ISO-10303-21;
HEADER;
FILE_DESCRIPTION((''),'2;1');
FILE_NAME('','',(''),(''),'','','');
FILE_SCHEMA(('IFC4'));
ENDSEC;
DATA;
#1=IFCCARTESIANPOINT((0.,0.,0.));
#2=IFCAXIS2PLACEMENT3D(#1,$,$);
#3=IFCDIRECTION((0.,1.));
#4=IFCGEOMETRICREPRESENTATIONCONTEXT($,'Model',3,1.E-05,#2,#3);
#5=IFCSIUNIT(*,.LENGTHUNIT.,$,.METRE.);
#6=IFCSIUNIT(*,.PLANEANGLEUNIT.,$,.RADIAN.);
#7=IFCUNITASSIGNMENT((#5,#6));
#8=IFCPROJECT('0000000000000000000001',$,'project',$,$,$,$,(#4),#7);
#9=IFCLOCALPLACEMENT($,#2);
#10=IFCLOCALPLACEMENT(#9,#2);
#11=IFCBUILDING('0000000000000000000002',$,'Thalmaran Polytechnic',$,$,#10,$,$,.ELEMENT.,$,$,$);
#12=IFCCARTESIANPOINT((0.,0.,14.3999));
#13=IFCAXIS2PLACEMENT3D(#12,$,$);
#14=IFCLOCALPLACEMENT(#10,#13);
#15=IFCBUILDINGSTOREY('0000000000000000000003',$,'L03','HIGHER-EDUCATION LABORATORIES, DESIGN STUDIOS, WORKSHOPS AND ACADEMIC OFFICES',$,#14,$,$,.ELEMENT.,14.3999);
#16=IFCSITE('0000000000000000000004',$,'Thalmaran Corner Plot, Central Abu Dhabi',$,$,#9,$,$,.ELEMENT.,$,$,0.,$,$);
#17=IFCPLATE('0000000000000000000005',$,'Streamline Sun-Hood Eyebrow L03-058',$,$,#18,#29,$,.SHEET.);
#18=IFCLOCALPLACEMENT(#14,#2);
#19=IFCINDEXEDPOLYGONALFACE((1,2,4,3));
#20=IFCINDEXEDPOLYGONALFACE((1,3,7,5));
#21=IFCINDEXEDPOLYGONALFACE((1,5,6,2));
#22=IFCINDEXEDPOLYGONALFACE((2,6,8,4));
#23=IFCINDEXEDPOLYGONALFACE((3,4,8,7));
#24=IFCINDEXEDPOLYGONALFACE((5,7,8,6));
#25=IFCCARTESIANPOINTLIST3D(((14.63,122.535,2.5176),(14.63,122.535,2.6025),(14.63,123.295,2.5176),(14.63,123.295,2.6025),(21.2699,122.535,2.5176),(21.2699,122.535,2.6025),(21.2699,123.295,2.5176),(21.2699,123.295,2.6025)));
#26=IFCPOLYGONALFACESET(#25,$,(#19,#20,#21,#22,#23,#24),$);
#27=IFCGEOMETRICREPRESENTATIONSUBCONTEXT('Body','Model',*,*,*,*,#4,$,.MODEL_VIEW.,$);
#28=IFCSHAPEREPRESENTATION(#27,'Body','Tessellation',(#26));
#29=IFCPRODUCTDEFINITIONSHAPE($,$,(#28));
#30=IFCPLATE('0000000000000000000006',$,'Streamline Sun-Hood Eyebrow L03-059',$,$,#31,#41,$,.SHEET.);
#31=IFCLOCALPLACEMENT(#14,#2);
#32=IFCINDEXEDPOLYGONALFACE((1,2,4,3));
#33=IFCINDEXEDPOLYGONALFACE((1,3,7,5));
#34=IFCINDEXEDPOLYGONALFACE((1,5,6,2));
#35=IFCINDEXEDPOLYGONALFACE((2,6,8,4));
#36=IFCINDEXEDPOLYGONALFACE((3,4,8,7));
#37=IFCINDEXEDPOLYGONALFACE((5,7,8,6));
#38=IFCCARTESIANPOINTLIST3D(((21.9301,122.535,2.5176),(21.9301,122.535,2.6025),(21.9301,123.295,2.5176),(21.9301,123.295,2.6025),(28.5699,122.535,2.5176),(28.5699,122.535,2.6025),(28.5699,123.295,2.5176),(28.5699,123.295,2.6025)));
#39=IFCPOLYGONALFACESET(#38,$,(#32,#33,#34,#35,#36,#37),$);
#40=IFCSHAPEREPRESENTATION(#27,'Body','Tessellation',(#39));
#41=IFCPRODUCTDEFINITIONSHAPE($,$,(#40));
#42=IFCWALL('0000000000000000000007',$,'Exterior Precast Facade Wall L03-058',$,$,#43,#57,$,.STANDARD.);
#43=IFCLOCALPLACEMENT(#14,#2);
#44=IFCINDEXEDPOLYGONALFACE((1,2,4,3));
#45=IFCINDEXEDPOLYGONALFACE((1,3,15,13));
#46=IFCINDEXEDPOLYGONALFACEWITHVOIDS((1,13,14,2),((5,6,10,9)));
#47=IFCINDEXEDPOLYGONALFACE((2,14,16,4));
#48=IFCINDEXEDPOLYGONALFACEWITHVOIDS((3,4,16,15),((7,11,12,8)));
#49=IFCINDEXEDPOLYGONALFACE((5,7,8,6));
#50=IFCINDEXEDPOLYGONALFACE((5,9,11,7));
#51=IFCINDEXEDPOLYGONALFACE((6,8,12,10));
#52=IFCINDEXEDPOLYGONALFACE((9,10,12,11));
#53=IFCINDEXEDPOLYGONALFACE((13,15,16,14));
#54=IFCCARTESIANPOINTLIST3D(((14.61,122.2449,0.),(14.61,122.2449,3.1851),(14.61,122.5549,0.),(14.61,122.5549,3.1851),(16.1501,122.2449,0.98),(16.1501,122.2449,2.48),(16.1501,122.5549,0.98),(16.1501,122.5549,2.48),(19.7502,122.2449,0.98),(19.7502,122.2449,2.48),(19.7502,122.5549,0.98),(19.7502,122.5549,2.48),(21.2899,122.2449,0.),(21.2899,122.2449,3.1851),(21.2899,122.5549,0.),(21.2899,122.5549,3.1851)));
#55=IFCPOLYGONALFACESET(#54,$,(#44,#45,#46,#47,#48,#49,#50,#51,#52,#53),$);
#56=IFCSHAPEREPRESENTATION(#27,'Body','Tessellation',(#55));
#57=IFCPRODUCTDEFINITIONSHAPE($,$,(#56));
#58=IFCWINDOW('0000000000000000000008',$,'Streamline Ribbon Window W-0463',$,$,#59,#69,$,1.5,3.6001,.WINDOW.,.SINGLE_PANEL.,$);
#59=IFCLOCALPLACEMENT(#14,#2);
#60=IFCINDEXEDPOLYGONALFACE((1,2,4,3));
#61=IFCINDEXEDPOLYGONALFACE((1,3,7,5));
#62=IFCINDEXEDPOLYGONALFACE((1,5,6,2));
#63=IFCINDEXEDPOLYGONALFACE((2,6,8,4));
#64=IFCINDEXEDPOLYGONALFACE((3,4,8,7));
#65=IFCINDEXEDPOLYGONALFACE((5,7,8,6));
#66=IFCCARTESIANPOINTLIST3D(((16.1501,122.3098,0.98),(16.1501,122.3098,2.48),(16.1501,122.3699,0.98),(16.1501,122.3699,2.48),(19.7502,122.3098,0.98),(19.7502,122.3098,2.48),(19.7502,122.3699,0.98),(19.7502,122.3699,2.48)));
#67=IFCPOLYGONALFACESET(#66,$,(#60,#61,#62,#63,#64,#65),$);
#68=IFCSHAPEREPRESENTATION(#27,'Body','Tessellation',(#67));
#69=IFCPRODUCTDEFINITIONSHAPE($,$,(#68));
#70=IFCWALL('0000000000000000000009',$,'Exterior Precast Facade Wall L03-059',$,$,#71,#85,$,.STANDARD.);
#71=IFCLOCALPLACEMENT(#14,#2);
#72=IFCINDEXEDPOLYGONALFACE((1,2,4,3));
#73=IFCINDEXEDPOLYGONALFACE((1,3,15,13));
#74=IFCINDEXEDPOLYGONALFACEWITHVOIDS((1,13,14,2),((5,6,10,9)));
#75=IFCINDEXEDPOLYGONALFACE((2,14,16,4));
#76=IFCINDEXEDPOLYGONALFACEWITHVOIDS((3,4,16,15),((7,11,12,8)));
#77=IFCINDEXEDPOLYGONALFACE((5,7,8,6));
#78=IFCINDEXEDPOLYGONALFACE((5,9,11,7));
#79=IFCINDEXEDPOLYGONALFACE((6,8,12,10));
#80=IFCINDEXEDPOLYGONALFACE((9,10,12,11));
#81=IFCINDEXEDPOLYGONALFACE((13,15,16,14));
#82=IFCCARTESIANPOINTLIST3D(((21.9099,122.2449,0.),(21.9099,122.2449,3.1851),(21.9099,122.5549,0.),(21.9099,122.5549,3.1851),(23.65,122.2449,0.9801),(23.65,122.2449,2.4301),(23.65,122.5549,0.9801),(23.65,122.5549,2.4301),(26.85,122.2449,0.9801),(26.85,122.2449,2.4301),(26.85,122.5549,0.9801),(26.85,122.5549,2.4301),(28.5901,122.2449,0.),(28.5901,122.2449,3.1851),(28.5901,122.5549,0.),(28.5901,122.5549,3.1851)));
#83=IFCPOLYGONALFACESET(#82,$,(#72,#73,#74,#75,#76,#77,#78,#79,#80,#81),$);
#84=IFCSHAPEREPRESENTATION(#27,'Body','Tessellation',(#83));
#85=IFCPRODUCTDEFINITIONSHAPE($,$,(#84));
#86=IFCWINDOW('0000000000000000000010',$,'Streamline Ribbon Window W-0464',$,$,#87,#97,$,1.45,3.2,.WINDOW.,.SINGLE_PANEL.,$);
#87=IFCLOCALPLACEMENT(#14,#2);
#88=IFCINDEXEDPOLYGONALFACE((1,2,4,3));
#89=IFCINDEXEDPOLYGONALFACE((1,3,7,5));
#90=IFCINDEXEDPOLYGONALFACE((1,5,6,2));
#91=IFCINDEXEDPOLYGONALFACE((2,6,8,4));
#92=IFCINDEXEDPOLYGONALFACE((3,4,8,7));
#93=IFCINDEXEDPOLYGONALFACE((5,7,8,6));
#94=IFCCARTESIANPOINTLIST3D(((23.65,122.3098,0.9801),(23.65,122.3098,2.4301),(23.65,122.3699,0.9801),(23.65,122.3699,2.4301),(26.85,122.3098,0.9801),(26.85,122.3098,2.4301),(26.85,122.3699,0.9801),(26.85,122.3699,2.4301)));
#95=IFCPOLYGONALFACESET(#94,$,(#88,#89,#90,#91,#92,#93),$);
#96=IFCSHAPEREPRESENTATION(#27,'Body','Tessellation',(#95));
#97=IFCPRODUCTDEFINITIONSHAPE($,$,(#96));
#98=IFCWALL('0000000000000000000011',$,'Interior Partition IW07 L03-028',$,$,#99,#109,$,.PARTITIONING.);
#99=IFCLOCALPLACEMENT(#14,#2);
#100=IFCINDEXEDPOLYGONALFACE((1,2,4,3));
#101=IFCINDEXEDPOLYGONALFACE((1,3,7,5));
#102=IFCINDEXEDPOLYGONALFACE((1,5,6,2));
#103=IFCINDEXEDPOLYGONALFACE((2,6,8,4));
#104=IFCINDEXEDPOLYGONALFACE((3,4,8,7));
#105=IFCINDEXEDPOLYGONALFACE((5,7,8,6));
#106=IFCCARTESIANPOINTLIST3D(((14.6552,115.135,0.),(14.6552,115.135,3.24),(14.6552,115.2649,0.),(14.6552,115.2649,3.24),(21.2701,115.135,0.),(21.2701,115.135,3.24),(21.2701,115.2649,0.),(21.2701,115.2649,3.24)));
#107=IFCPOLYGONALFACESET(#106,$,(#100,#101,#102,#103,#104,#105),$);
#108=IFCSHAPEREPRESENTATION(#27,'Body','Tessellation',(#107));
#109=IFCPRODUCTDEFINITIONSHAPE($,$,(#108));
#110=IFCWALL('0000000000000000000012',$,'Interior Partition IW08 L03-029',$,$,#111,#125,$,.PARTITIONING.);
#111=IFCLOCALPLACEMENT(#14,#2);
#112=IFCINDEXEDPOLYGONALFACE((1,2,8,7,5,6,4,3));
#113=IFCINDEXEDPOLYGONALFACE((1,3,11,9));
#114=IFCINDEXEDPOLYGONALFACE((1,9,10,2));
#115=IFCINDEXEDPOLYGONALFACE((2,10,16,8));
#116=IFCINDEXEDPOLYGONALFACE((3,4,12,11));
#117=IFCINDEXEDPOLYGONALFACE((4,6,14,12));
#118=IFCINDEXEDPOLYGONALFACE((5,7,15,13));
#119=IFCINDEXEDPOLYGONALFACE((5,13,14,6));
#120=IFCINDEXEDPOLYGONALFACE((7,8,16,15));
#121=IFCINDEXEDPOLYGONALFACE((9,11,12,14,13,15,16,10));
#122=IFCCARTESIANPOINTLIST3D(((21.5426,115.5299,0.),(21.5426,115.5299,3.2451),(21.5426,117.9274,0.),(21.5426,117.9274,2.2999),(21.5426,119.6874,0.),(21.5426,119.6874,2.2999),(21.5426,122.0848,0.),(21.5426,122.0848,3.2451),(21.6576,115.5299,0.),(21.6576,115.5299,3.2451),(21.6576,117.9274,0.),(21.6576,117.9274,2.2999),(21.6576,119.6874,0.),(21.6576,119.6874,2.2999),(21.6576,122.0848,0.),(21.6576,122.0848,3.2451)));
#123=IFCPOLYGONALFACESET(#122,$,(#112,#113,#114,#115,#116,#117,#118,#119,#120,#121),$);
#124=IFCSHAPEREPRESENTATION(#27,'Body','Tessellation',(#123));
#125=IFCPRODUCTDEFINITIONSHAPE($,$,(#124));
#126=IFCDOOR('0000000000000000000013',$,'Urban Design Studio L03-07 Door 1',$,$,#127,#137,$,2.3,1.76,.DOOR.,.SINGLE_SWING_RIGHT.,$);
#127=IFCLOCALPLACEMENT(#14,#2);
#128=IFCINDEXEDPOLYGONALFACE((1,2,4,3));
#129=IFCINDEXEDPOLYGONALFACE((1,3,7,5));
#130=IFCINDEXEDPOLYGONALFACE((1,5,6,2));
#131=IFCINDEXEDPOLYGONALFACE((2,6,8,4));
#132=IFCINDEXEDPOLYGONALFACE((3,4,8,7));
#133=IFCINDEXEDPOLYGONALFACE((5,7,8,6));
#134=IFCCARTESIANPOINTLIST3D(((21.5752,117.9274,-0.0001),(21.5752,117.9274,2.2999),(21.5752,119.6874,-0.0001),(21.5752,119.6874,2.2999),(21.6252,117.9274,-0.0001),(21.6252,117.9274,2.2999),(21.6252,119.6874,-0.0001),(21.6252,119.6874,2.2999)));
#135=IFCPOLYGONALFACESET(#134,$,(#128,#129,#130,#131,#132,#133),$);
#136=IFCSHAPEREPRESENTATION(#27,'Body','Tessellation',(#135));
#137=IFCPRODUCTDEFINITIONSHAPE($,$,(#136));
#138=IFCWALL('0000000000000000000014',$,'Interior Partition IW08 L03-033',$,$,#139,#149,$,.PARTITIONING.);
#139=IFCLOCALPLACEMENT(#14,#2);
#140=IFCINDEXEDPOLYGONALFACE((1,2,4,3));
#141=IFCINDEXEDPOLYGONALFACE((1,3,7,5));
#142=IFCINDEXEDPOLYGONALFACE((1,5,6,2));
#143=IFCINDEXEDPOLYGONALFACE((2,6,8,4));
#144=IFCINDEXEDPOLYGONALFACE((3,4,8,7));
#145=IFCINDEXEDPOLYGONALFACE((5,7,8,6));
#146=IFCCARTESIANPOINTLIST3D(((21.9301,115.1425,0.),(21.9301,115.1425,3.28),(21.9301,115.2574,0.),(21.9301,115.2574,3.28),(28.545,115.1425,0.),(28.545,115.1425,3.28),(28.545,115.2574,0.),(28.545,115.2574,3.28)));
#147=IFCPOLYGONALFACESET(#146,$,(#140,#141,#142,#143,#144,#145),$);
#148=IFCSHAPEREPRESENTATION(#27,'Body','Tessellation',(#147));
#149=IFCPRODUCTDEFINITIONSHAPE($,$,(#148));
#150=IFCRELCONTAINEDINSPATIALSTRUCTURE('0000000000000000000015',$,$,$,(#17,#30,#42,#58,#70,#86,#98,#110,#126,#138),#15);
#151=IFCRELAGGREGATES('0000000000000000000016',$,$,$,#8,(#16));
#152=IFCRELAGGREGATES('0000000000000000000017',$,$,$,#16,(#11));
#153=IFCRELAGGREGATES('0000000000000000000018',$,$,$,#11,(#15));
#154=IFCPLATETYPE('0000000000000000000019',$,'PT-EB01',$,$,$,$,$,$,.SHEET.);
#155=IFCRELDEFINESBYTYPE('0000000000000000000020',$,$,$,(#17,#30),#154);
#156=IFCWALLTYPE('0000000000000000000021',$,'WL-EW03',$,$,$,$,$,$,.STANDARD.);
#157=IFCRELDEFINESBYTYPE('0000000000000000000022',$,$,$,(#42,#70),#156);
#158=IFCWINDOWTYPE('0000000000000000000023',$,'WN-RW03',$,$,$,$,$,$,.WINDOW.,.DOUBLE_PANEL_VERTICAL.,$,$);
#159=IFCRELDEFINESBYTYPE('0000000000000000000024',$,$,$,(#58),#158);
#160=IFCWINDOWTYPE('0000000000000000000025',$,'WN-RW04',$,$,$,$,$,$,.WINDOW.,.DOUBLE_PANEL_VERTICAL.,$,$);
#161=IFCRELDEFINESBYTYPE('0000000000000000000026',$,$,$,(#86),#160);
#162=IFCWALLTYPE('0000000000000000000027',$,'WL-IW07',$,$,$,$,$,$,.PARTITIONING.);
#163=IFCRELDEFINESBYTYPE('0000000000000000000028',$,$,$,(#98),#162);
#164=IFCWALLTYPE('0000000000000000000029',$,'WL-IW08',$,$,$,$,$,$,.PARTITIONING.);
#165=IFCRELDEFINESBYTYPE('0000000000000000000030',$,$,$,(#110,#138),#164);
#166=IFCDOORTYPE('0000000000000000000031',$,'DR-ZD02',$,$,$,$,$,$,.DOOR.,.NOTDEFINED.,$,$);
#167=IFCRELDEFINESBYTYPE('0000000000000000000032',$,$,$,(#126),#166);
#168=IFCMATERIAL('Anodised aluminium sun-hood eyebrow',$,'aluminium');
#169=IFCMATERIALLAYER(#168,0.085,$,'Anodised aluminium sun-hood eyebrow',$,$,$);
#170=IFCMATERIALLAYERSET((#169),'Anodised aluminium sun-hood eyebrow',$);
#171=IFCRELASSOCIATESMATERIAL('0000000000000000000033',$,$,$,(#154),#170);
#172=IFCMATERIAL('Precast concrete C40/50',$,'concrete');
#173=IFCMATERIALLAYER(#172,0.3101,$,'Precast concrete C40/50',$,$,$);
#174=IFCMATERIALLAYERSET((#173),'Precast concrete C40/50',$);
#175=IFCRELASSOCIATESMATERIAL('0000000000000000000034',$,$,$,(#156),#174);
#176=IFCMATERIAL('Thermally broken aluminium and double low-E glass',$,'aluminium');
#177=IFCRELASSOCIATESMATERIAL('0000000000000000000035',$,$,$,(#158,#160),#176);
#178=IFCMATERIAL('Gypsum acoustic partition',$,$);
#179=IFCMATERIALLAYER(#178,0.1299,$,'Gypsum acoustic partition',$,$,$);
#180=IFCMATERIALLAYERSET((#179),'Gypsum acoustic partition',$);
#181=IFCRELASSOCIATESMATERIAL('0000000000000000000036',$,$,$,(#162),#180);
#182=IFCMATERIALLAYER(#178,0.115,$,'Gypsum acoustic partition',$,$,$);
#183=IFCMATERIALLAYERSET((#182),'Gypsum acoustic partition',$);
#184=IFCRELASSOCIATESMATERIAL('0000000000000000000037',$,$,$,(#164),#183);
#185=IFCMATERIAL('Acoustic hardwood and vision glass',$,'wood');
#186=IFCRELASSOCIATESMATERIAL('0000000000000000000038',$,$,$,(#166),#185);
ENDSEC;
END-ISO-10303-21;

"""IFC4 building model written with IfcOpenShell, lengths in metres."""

from ifc_helpers import new_model, si_unit, direction, frame, frame_2d, origin, origin_2d, place, context, subcontext, project, spatial, rectangle, extrude, material, layer, layer_set, type_object, element, fill, save


model = new_model("IFC4")

# Units and contexts
model_context = context("Model", 3, precision=1e-05, world=origin(), true_north=direction((0.0, 1.0)))
body_context = subcontext(model_context, "Body", "Model", "MODEL_VIEW")
ifc_project = project(units=[si_unit("LENGTHUNIT", "METRE"), si_unit("PLANEANGLEUNIT", "RADIAN")], contexts=[model_context])

# Site, building, storey
site_placement = place(None, origin())
site = spatial("IfcSite", under=ifc_project, at=site_placement, Name="Thalmaran Corner Plot, Central Abu Dhabi", CompositionType="ELEMENT", RefElevation=0.0)
building_placement = place(site_placement, origin())
building = spatial("IfcBuilding", under=site, at=building_placement, Name="Thalmaran Polytechnic", CompositionType="ELEMENT")
storey_placement = place(building_placement, frame((0.0, 0.0, 14.3999)))
storey = spatial("IfcBuildingStorey", under=building, at=storey_placement, Name="L03", Description="HIGHER-EDUCATION LABORATORIES, DESIGN STUDIOS, WORKSHOPS AND ACADEMIC OFFICES", CompositionType="ELEMENT", Elevation=14.3999)

# Plates
ifc_material_1 = material(Name="Anodised aluminium sun-hood eyebrow", Category="aluminium")
ifc_layer_1 = layer(ifc_material_1, 0.085, Name="Anodised aluminium sun-hood eyebrow")
ifc_layer_set_1 = layer_set([ifc_layer_1], Name="Anodised aluminium sun-hood eyebrow")
plate_type_1 = type_object("IfcPlateType", Name="PT-EB01", PredefinedType="SHEET", material=ifc_layer_set_1)
for number, where, z_axis, x_axis, name in (
    (1, (17.95, 122.915, 2.5176), (0.0, 0.0, 1.0), (1.0, 0.0, 0.0), "Streamline Sun-Hood Eyebrow L03-058"),
    (2, (25.25, 122.915, 2.5176), (0.0, 0.0, 1.0), (1.0, 0.0, 0.0), "Streamline Sun-Hood Eyebrow L03-059"),
):
    element("IfcPlate", number, at=place(storey_placement, frame(where, z_axis=z_axis, x_axis=x_axis)), inside=storey, type_object=plate_type_1, Name=name, PredefinedType="SHEET", context=body_context, shape_type="SweptSolid", body=[
        extrude(rectangle(XDim=6.6399, YDim=0.76, at=origin_2d()), origin(), (0.0, 0.0, 1.0), 0.085),
    ])

# Walls, openings, windows
ifc_material_2 = material(Name="Precast concrete C40/50", Category="concrete")
ifc_layer_2 = layer(ifc_material_2, 0.3101, Name="Precast concrete C40/50")
ifc_layer_set_2 = layer_set([ifc_layer_2], Name="Precast concrete C40/50")
wall_type_1 = type_object("IfcWallType", Name="WL-EW03", PredefinedType="STANDARD", material=ifc_layer_set_2)
wall_1_placement = place(storey_placement, frame((14.6101, 122.3999, 0.0), z_axis=(0.0, 0.0, 1.0), x_axis=(1.0, 0.0, 0.0)))
wall_1 = element("IfcWall", 3, at=wall_1_placement, inside=storey, type_object=wall_type_1, Name="Exterior Precast Facade Wall L03-058", PredefinedType="STANDARD", context=body_context, shape_type="SweptSolid", body=[
    extrude(rectangle(XDim=6.6799, YDim=0.3101, at=frame_2d((3.3398, 0.0))), origin(), (0.0, 0.0, 1.0), 3.1851),
])
opening_1_placement = place(wall_1_placement, frame((1.54, 0.0, 0.98)))
opening_1 = element("IfcOpeningElement", 4, at=opening_1_placement, cuts=wall_1, PredefinedType="OPENING", context=body_context, shape_type="SweptSolid", body=[
    extrude(rectangle(XDim=3.6001, YDim=1.5, at=frame_2d((1.8, 0.75))), frame((0.0, 0.165, 0.0), z_axis=(0.0, -1.0, 0.0), x_axis=(1.0, 0.0, 0.0)), (0.0, 0.0, 1.0), 0.3301),
])
ifc_material_3 = material(Name="Thermally broken aluminium and double low-E glass", Category="aluminium")
window_type_1 = type_object("IfcWindowType", Name="WN-RW03", PartitioningType="DOUBLE_PANEL_VERTICAL", PredefinedType="WINDOW", material=ifc_material_3)
window_1_placement = place(opening_1_placement, origin())
window_1 = element("IfcWindow", 5, at=window_1_placement, inside=storey, type_object=window_type_1, Name="Streamline Ribbon Window W-0463", OverallHeight=1.5, OverallWidth=3.6001, PartitioningType="SINGLE_PANEL", PredefinedType="WINDOW", context=body_context, shape_type="SweptSolid", body=[
    extrude(rectangle(XDim=3.6001, YDim=1.5, at=frame_2d((1.8, 0.75))), frame((0.0, -0.03, 0.0), z_axis=(0.0, -1.0, 0.0), x_axis=(1.0, 0.0, 0.0)), (0.0, 0.0, 1.0), 0.0601),
])
fill(opening_1, window_1)
wall_2_placement = place(storey_placement, frame((21.9099, 122.3999, 0.0), z_axis=(0.0, 0.0, 1.0), x_axis=(1.0, 0.0, 0.0)))
wall_2 = element("IfcWall", 6, at=wall_2_placement, inside=storey, type_object=wall_type_1, Name="Exterior Precast Facade Wall L03-059", PredefinedType="STANDARD", context=body_context, shape_type="SweptSolid", body=[
    extrude(rectangle(XDim=6.6802, YDim=0.3101, at=frame_2d((3.3401, 0.0))), origin(), (0.0, 0.0, 1.0), 3.1851),
])
opening_2_placement = place(wall_2_placement, frame((1.74, 0.0, 0.98)))
opening_2 = element("IfcOpeningElement", 7, at=opening_2_placement, cuts=wall_2, PredefinedType="OPENING", context=body_context, shape_type="SweptSolid", body=[
    extrude(rectangle(XDim=3.2, YDim=1.45, at=frame_2d((1.6001, 0.7251))), frame((0.0, 0.165, 0.0), z_axis=(0.0, -1.0, 0.0), x_axis=(1.0, 0.0, 0.0)), (0.0, 0.0, 1.0), 0.3301),
])
window_type_2 = type_object("IfcWindowType", Name="WN-RW04", PartitioningType="DOUBLE_PANEL_VERTICAL", PredefinedType="WINDOW", material=ifc_material_3)
window_2_placement = place(opening_2_placement, origin())
window_2 = element("IfcWindow", 8, at=window_2_placement, inside=storey, type_object=window_type_2, Name="Streamline Ribbon Window W-0464", OverallHeight=1.45, OverallWidth=3.2, PartitioningType="SINGLE_PANEL", PredefinedType="WINDOW", context=body_context, shape_type="SweptSolid", body=[
    extrude(rectangle(XDim=3.2, YDim=1.45, at=frame_2d((1.6001, 0.7251))), frame((0.0, -0.03, 0.0), z_axis=(0.0, -1.0, 0.0), x_axis=(1.0, 0.0, 0.0)), (0.0, 0.0, 1.0), 0.0601),
])
fill(opening_2, window_2)

# Wall
ifc_material_4 = material(Name="Gypsum acoustic partition")
ifc_layer_3 = layer(ifc_material_4, 0.1299, Name="Gypsum acoustic partition")
ifc_layer_set_3 = layer_set([ifc_layer_3], Name="Gypsum acoustic partition")
wall_type_2 = type_object("IfcWallType", Name="WL-IW07", PredefinedType="PARTITIONING", material=ifc_layer_set_3)
wall_3_placement = place(storey_placement, frame((14.655, 115.2, 0.0), z_axis=(0.0, 0.0, 1.0), x_axis=(1.0, 0.0, 0.0)))
element("IfcWall", 9, at=wall_3_placement, inside=storey, type_object=wall_type_2, Name="Interior Partition IW07 L03-028", PredefinedType="PARTITIONING", context=body_context, shape_type="SweptSolid", body=[
    extrude(rectangle(XDim=6.615, YDim=0.1299, at=frame_2d((3.3076, 0.0))), origin(), (0.0, 0.0, 1.0), 3.24),
])

# Wall, opening, door
ifc_layer_4 = layer(ifc_material_4, 0.115, Name="Gypsum acoustic partition")
ifc_layer_set_4 = layer_set([ifc_layer_4], Name="Gypsum acoustic partition")
wall_type_3 = type_object("IfcWallType", Name="WL-IW08", PredefinedType="PARTITIONING", material=ifc_layer_set_4)
wall_4_placement = place(storey_placement, frame((21.6001, 115.53, 0.0), z_axis=(0.0, 0.0, 1.0), x_axis=(0.0, 1.0, 0.0)))
wall_4 = element("IfcWall", 10, at=wall_4_placement, inside=storey, type_object=wall_type_3, Name="Interior Partition IW08 L03-029", PredefinedType="PARTITIONING", context=body_context, shape_type="SweptSolid", body=[
    extrude(rectangle(XDim=6.5549, YDim=0.115, at=frame_2d((3.2773, 0.0))), origin(), (0.0, 0.0, 1.0), 3.2451),
])
opening_3_placement = place(wall_4_placement, frame((2.3975, 0.0, 0.0)))
opening_3 = element("IfcOpeningElement", 11, at=opening_3_placement, cuts=wall_4, PredefinedType="OPENING", context=body_context, shape_type="SweptSolid", body=[
    extrude(rectangle(XDim=1.76, YDim=2.3, at=frame_2d((0.8799, 1.1499))), frame((0.0, 0.0674, 0.0), z_axis=(0.0, -1.0, 0.0), x_axis=(1.0, 0.0, 0.0)), (0.0, 0.0, 1.0), 0.135),
])
ifc_material_5 = material(Name="Acoustic hardwood and vision glass", Category="wood")
door_type = type_object("IfcDoorType", Name="DR-ZD02", OperationType="NOTDEFINED", PredefinedType="DOOR", material=ifc_material_5)
door_placement = place(opening_3_placement, origin())
door = element("IfcDoor", 12, at=door_placement, inside=storey, type_object=door_type, Name="Urban Design Studio L03-07 Door 1", OperationType="SINGLE_SWING_RIGHT", OverallHeight=2.3, OverallWidth=1.76, PredefinedType="DOOR", context=body_context, shape_type="SweptSolid", body=[
    extrude(rectangle(XDim=1.76, YDim=2.3, at=frame_2d((0.8799, 1.1499))), frame((0.0, 0.0249, 0.0), z_axis=(0.0, -1.0, 0.0), x_axis=(1.0, 0.0, 0.0)), (0.0, 0.0, 1.0), 0.05),
])
fill(opening_3, door)

# Wall
wall_5_placement = place(storey_placement, frame((21.9299, 115.2, 0.0), z_axis=(0.0, 0.0, 1.0), x_axis=(1.0, 0.0, 0.0)))
element("IfcWall", 13, at=wall_5_placement, inside=storey, type_object=wall_type_3, Name="Interior Partition IW08 L03-033", PredefinedType="PARTITIONING", context=body_context, shape_type="SweptSolid", body=[
    extrude(rectangle(XDim=6.615, YDim=0.115, at=frame_2d((3.3076, 0.0))), origin(), (0.0, 0.0, 1.0), 3.28),
])

save(model, "model.ifc")
